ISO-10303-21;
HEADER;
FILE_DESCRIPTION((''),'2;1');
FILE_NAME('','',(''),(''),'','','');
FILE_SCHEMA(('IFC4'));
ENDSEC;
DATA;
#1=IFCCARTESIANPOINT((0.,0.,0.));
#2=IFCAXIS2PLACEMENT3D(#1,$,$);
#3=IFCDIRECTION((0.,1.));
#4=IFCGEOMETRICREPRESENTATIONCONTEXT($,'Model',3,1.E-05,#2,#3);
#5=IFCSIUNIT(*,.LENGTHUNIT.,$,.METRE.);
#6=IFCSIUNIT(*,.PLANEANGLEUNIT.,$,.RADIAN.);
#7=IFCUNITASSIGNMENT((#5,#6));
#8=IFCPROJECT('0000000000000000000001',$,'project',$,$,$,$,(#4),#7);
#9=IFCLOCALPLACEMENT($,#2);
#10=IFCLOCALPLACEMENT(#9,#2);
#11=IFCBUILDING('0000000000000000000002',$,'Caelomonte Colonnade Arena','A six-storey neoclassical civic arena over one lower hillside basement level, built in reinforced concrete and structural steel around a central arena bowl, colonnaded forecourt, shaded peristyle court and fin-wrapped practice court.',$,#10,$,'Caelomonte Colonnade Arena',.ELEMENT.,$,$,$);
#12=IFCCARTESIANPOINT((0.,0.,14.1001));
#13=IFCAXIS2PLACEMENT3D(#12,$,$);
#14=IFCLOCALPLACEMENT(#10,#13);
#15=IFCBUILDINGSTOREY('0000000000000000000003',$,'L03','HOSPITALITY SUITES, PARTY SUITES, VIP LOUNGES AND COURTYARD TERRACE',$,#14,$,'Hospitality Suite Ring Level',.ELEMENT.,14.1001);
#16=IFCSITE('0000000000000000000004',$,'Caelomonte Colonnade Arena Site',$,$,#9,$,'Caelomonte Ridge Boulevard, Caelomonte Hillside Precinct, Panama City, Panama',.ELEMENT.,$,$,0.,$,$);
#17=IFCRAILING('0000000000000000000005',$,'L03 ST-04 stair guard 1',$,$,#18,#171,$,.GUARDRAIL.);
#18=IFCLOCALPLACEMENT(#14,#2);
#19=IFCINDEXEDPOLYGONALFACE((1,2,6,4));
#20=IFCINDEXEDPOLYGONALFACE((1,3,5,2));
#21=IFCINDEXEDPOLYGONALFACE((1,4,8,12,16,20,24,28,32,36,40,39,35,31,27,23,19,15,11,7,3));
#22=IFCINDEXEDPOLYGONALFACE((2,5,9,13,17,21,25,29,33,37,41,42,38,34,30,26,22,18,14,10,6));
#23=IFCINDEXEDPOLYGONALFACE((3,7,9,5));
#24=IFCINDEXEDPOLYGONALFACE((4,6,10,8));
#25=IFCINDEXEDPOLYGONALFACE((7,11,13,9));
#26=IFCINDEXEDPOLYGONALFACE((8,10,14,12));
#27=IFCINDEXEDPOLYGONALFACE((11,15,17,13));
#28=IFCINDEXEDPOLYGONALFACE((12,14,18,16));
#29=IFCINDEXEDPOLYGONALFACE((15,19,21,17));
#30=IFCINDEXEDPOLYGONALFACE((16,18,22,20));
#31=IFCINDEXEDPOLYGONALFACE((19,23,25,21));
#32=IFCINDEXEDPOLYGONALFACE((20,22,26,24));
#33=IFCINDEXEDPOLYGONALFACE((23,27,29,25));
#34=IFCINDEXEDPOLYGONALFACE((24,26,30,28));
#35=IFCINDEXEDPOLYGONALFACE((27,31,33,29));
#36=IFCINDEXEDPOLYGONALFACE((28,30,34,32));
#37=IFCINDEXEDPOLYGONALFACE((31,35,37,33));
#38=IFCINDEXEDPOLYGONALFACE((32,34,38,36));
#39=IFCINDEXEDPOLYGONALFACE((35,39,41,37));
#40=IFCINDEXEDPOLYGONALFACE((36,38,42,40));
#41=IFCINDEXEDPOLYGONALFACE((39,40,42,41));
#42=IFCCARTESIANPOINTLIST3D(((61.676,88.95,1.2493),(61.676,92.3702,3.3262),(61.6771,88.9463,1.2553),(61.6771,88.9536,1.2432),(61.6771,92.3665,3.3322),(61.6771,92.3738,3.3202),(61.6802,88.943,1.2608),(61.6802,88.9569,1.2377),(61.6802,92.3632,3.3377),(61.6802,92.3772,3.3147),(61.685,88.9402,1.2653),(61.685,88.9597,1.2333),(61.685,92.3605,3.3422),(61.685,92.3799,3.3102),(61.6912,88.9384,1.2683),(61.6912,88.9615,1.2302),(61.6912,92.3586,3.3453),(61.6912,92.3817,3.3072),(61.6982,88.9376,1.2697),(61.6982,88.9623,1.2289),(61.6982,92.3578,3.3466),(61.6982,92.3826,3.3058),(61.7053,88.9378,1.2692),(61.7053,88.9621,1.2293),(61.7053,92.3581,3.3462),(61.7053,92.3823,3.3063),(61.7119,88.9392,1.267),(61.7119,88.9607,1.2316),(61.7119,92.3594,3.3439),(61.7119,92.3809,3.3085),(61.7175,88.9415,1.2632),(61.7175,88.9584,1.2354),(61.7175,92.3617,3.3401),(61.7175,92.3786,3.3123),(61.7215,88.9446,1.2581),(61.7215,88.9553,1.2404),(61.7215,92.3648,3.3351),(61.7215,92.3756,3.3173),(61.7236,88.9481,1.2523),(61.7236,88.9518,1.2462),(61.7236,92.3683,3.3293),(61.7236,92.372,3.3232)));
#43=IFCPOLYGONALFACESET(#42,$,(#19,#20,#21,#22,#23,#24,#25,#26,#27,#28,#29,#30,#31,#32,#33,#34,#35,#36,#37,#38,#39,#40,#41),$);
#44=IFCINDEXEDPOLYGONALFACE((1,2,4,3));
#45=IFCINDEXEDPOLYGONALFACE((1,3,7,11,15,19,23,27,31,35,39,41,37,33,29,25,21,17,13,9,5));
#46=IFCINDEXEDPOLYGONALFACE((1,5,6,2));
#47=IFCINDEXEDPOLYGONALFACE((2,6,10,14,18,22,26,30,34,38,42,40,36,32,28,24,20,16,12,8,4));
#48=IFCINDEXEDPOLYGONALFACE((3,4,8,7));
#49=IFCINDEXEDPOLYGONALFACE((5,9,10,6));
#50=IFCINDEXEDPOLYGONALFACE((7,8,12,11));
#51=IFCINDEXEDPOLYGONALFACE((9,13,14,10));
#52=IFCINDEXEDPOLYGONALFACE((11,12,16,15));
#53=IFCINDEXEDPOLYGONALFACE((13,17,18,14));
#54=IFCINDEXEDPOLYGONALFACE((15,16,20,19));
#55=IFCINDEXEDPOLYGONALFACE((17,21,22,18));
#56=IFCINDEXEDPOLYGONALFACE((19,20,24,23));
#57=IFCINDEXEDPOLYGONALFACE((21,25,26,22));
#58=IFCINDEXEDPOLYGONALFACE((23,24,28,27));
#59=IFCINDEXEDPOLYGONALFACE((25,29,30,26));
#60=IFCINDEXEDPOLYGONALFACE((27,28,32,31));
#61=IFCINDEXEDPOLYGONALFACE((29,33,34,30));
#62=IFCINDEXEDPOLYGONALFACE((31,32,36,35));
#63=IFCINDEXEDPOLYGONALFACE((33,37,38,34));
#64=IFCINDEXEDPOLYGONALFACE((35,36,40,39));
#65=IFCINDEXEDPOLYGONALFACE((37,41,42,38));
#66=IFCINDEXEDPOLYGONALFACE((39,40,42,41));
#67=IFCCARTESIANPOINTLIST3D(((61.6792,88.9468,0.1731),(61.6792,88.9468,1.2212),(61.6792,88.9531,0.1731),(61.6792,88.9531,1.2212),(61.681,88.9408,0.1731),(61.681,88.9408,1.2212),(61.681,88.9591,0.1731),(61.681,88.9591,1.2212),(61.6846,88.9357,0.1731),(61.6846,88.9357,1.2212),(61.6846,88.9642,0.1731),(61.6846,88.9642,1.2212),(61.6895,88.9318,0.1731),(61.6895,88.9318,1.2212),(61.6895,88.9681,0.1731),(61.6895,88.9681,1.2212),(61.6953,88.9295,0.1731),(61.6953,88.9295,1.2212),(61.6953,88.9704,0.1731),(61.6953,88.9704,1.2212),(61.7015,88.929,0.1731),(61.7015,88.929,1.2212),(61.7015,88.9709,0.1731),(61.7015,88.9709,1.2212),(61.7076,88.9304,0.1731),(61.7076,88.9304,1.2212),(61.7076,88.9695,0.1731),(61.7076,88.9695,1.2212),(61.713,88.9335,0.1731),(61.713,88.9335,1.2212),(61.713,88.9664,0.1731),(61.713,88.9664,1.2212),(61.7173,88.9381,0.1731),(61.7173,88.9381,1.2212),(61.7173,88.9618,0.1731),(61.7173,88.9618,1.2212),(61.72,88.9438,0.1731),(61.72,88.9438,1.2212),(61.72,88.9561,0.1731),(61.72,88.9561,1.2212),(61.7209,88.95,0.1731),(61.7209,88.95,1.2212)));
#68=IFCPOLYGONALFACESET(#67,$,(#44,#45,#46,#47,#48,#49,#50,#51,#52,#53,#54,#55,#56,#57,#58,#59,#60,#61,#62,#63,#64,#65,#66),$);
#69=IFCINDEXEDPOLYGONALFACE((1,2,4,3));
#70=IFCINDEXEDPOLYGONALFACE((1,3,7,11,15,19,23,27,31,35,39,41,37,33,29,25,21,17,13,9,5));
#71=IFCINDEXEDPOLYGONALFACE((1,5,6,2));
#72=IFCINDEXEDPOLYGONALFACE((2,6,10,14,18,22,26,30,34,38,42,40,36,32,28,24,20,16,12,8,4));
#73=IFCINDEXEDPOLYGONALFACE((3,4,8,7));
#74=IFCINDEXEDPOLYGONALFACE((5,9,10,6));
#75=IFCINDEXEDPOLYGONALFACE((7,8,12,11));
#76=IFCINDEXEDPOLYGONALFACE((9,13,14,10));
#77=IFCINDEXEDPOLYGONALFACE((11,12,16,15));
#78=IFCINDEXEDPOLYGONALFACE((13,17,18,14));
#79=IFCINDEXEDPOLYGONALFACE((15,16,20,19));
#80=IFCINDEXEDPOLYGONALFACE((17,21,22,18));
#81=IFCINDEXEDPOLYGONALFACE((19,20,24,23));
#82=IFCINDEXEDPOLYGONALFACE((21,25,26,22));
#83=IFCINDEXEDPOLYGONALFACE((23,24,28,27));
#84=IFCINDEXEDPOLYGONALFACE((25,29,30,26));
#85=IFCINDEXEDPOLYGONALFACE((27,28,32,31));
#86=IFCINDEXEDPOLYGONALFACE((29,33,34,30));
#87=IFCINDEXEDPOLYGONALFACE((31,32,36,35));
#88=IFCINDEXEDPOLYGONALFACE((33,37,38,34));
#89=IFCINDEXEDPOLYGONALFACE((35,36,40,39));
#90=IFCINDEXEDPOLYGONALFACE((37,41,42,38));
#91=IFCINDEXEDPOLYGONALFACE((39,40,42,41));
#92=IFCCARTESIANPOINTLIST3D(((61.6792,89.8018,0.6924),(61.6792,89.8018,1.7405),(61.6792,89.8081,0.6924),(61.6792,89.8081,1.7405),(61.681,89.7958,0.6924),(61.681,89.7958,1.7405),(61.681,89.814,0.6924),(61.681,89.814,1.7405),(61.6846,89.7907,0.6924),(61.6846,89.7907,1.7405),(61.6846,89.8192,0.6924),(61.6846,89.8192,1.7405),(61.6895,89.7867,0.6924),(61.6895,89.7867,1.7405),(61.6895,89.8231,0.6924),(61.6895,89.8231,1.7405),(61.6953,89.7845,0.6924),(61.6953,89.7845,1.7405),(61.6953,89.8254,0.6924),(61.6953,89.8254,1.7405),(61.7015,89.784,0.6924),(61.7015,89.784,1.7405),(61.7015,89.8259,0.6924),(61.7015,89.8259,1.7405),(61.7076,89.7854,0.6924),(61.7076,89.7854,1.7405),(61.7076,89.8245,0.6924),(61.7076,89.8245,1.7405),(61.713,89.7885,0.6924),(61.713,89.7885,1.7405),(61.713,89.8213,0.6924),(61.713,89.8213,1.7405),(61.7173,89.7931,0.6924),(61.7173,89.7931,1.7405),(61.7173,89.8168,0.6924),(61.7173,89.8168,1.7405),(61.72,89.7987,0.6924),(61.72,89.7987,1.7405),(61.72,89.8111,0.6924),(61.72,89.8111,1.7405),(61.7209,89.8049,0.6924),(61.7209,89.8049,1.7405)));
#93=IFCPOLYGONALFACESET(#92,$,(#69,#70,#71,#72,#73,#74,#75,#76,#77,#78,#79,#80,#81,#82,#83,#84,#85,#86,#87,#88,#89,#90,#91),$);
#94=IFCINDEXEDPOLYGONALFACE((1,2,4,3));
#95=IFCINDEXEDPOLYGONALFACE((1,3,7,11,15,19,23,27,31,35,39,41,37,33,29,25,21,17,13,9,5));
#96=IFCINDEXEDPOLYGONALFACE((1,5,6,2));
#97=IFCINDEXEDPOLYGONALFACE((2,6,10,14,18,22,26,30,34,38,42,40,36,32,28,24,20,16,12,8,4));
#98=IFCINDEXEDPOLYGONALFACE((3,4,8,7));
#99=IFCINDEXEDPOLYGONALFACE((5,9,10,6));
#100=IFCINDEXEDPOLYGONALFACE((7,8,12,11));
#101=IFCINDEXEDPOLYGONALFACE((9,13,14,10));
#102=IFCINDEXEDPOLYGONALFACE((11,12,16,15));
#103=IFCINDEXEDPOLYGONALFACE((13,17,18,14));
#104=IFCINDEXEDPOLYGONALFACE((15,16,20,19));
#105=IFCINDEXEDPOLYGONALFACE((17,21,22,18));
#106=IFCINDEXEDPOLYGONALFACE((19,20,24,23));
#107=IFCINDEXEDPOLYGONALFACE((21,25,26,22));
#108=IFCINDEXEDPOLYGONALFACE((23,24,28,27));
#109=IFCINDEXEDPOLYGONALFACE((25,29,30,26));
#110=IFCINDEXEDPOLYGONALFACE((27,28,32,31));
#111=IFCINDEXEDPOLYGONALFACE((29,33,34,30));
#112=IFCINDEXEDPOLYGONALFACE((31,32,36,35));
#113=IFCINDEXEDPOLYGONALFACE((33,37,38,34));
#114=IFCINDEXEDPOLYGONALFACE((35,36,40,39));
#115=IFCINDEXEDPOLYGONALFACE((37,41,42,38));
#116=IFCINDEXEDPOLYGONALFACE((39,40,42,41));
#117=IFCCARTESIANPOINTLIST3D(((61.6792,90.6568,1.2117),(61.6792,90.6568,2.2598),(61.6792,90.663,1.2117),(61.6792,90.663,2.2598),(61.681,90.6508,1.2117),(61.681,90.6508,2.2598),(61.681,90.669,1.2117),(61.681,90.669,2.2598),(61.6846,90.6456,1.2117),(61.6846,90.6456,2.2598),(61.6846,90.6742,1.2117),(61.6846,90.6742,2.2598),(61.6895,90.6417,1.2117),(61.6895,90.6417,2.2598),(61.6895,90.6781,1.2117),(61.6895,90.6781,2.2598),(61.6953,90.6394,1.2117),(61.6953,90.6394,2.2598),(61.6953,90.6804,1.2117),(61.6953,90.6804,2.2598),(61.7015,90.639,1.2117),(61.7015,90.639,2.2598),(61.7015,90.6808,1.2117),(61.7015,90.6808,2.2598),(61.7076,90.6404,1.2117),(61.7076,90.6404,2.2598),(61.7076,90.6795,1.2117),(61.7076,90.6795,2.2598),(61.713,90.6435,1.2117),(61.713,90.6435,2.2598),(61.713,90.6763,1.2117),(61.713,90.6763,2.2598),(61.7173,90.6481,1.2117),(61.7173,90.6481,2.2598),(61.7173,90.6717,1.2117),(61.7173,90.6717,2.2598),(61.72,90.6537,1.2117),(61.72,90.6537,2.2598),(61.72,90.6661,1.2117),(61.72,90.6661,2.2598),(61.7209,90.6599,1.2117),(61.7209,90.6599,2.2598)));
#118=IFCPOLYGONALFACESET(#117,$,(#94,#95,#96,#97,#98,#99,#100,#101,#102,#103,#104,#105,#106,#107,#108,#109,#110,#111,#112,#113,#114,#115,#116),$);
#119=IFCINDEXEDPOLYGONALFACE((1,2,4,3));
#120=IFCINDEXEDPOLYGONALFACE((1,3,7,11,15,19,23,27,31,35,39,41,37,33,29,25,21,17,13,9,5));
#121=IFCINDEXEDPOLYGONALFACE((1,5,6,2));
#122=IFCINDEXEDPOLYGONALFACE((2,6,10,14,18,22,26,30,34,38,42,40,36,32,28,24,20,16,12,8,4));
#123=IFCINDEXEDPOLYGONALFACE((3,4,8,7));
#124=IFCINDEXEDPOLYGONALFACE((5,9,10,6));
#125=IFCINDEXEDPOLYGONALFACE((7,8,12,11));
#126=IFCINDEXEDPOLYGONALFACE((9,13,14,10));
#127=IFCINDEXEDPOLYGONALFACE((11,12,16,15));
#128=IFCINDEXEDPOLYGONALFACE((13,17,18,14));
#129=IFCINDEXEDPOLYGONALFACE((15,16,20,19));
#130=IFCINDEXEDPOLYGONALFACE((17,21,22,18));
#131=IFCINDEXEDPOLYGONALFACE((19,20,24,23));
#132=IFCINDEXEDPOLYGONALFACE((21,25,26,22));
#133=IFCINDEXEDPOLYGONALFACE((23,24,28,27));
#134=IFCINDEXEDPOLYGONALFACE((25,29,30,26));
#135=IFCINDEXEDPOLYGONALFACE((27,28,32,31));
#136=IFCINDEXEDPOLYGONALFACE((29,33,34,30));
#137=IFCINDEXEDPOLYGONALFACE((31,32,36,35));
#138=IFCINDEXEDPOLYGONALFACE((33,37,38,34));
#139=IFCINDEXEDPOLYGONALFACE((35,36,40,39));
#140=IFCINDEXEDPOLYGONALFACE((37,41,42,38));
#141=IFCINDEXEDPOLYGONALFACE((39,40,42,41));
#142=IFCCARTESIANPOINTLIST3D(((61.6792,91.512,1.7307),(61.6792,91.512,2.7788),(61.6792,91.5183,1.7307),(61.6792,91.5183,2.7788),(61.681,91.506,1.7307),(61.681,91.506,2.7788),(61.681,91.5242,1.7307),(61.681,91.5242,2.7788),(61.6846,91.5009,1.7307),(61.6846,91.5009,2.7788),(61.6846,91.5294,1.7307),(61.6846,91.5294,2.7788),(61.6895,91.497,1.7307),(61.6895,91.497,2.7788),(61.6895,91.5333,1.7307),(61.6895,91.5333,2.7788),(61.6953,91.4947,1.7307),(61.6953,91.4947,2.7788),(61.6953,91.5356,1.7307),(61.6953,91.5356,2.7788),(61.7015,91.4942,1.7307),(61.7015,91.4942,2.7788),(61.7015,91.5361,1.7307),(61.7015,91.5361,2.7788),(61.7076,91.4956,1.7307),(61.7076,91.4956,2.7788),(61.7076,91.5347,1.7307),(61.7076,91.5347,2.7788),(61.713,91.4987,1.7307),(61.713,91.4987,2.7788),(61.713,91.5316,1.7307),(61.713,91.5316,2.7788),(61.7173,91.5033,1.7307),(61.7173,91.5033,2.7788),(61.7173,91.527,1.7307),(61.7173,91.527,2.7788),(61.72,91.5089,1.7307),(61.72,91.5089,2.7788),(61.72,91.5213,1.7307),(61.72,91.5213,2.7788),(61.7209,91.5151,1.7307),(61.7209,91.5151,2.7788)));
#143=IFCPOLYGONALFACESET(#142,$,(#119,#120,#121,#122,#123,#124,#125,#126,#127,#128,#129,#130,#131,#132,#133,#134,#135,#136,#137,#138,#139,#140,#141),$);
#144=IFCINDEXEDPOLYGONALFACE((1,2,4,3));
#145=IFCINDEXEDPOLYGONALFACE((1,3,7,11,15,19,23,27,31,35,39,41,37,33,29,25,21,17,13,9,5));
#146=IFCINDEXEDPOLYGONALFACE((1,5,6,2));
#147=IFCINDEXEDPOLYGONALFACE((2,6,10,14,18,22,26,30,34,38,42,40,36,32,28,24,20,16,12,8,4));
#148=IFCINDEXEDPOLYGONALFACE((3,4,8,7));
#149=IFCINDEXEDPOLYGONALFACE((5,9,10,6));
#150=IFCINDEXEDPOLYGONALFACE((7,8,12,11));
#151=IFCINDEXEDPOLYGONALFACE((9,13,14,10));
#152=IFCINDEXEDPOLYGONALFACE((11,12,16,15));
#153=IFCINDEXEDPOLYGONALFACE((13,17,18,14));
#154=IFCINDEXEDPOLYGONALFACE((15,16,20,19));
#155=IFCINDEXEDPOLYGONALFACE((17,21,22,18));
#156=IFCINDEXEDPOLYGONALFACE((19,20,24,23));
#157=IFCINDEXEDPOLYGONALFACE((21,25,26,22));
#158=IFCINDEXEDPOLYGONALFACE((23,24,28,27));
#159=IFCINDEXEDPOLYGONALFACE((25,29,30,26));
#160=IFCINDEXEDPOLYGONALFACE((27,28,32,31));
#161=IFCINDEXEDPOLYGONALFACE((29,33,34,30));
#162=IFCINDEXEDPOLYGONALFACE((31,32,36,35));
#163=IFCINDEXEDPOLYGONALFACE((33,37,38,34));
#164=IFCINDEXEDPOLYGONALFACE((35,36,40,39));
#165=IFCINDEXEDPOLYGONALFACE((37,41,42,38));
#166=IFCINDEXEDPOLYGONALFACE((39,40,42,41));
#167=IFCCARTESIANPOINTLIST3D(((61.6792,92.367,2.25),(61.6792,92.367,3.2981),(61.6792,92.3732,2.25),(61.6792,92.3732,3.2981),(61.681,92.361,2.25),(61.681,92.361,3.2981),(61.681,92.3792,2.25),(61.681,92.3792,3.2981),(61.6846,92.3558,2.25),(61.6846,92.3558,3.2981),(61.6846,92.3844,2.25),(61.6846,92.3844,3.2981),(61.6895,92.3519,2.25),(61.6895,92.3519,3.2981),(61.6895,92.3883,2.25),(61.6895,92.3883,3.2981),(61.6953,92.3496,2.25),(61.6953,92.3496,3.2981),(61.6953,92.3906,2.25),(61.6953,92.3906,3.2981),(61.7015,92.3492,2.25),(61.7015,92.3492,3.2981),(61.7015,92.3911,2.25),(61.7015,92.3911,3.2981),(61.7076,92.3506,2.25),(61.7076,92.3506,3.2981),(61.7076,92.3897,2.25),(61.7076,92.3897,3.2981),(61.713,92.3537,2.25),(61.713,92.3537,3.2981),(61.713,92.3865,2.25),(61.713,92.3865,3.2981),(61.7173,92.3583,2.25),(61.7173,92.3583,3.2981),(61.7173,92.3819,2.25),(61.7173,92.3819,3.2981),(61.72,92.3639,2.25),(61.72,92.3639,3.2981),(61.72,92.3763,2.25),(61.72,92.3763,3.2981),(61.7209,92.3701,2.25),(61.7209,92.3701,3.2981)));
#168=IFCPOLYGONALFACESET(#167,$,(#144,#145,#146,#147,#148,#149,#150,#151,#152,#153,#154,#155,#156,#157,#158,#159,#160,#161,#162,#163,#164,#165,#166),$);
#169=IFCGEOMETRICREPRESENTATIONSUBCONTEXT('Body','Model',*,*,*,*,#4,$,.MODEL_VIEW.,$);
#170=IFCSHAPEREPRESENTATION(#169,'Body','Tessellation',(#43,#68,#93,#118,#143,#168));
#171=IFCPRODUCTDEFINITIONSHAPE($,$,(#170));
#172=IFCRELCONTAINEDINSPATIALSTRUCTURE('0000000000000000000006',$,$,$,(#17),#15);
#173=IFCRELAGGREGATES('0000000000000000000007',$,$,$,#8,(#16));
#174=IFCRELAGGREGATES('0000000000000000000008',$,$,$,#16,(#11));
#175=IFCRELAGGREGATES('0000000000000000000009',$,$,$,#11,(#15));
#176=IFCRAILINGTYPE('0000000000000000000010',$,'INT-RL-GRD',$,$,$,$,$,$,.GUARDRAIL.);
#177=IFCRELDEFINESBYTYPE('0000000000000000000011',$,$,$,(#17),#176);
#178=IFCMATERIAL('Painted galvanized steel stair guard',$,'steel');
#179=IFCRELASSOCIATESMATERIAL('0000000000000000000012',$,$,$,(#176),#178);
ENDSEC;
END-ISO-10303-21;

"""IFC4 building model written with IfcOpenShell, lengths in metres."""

from ifc_helpers import new_model, si_unit, direction, frame, origin, origin_2d, place, context, subcontext, project, spatial, circle, extrude, material, type_object, element, save


model = new_model("IFC4")

# Units and contexts
model_context = context("Model", 3, precision=1e-05, world=origin(), true_north=direction((0.0, 1.0)))
body_context = subcontext(model_context, "Body", "Model", "MODEL_VIEW")
ifc_project = project(units=[si_unit("LENGTHUNIT", "METRE"), si_unit("PLANEANGLEUNIT", "RADIAN")], contexts=[model_context])

# Site, building, storey
site_placement = place(None, origin())
site = spatial("IfcSite", under=ifc_project, at=site_placement, Name="Caelomonte Colonnade Arena Site", LongName="Caelomonte Ridge Boulevard, Caelomonte Hillside Precinct, Panama City, Panama", CompositionType="ELEMENT", RefElevation=0.0)
building_placement = place(site_placement, origin())
building = spatial("IfcBuilding", under=site, at=building_placement, Name="Caelomonte Colonnade Arena", Description="A six-storey neoclassical civic arena over one lower hillside basement level, built in reinforced concrete and structural steel around a central arena bowl, colonnaded forecourt, shaded peristyle court and fin-wrapped practice court.", LongName="Caelomonte Colonnade Arena", CompositionType="ELEMENT")
storey_placement = place(building_placement, frame((0.0, 0.0, 14.1001)))
storey = spatial("IfcBuildingStorey", under=building, at=storey_placement, Name="L03", Description="HOSPITALITY SUITES, PARTY SUITES, VIP LOUNGES AND COURTYARD TERRACE", LongName="Hospitality Suite Ring Level", CompositionType="ELEMENT", Elevation=14.1001)

# Railing
ifc_material_1 = material(Name="Painted galvanized steel stair guard", Category="steel")
railing_type_1 = type_object("IfcRailingType", Name="INT-RL-GRD", PredefinedType="GUARDRAIL", material=ifc_material_1)
railing_1_placement = place(storey_placement, frame((61.7, 88.95, 0.1731)))
element("IfcRailing", 1, at=railing_1_placement, inside=storey, type_object=railing_type_1, Name="L03 ST-04 stair guard 1", PredefinedType="GUARDRAIL", context=body_context, shape_type="SweptSolid", body=[
    extrude(circle(Radius=0.0239, at=origin_2d()), frame((0.0, 0.0, 1.0762), z_axis=(0.0, 0.854746, 0.519047), x_axis=(-1.0, 0.0, 0.0)), (0.0, 0.0, 1.0), 4.0015),
    extrude(circle(Radius=0.021, at=origin_2d()), origin(), (0.0, 0.0, 1.0), 1.0481),
    extrude(circle(Radius=0.021, at=origin_2d()), frame((0.0, 0.855, 0.5193)), (0.0, 0.0, 1.0), 1.0481),
    extrude(circle(Radius=0.021, at=origin_2d()), frame((0.0, 1.71, 1.0386)), (0.0, 0.0, 1.0), 1.0481),
    extrude(circle(Radius=0.021, at=origin_2d()), frame((0.0, 2.5652, 1.5576)), (0.0, 0.0, 1.0), 1.0481),
    extrude(circle(Radius=0.021, at=origin_2d()), frame((0.0, 3.4202, 2.0769)), (0.0, 0.0, 1.0), 1.0481),
])

save(model, "model.ifc")
